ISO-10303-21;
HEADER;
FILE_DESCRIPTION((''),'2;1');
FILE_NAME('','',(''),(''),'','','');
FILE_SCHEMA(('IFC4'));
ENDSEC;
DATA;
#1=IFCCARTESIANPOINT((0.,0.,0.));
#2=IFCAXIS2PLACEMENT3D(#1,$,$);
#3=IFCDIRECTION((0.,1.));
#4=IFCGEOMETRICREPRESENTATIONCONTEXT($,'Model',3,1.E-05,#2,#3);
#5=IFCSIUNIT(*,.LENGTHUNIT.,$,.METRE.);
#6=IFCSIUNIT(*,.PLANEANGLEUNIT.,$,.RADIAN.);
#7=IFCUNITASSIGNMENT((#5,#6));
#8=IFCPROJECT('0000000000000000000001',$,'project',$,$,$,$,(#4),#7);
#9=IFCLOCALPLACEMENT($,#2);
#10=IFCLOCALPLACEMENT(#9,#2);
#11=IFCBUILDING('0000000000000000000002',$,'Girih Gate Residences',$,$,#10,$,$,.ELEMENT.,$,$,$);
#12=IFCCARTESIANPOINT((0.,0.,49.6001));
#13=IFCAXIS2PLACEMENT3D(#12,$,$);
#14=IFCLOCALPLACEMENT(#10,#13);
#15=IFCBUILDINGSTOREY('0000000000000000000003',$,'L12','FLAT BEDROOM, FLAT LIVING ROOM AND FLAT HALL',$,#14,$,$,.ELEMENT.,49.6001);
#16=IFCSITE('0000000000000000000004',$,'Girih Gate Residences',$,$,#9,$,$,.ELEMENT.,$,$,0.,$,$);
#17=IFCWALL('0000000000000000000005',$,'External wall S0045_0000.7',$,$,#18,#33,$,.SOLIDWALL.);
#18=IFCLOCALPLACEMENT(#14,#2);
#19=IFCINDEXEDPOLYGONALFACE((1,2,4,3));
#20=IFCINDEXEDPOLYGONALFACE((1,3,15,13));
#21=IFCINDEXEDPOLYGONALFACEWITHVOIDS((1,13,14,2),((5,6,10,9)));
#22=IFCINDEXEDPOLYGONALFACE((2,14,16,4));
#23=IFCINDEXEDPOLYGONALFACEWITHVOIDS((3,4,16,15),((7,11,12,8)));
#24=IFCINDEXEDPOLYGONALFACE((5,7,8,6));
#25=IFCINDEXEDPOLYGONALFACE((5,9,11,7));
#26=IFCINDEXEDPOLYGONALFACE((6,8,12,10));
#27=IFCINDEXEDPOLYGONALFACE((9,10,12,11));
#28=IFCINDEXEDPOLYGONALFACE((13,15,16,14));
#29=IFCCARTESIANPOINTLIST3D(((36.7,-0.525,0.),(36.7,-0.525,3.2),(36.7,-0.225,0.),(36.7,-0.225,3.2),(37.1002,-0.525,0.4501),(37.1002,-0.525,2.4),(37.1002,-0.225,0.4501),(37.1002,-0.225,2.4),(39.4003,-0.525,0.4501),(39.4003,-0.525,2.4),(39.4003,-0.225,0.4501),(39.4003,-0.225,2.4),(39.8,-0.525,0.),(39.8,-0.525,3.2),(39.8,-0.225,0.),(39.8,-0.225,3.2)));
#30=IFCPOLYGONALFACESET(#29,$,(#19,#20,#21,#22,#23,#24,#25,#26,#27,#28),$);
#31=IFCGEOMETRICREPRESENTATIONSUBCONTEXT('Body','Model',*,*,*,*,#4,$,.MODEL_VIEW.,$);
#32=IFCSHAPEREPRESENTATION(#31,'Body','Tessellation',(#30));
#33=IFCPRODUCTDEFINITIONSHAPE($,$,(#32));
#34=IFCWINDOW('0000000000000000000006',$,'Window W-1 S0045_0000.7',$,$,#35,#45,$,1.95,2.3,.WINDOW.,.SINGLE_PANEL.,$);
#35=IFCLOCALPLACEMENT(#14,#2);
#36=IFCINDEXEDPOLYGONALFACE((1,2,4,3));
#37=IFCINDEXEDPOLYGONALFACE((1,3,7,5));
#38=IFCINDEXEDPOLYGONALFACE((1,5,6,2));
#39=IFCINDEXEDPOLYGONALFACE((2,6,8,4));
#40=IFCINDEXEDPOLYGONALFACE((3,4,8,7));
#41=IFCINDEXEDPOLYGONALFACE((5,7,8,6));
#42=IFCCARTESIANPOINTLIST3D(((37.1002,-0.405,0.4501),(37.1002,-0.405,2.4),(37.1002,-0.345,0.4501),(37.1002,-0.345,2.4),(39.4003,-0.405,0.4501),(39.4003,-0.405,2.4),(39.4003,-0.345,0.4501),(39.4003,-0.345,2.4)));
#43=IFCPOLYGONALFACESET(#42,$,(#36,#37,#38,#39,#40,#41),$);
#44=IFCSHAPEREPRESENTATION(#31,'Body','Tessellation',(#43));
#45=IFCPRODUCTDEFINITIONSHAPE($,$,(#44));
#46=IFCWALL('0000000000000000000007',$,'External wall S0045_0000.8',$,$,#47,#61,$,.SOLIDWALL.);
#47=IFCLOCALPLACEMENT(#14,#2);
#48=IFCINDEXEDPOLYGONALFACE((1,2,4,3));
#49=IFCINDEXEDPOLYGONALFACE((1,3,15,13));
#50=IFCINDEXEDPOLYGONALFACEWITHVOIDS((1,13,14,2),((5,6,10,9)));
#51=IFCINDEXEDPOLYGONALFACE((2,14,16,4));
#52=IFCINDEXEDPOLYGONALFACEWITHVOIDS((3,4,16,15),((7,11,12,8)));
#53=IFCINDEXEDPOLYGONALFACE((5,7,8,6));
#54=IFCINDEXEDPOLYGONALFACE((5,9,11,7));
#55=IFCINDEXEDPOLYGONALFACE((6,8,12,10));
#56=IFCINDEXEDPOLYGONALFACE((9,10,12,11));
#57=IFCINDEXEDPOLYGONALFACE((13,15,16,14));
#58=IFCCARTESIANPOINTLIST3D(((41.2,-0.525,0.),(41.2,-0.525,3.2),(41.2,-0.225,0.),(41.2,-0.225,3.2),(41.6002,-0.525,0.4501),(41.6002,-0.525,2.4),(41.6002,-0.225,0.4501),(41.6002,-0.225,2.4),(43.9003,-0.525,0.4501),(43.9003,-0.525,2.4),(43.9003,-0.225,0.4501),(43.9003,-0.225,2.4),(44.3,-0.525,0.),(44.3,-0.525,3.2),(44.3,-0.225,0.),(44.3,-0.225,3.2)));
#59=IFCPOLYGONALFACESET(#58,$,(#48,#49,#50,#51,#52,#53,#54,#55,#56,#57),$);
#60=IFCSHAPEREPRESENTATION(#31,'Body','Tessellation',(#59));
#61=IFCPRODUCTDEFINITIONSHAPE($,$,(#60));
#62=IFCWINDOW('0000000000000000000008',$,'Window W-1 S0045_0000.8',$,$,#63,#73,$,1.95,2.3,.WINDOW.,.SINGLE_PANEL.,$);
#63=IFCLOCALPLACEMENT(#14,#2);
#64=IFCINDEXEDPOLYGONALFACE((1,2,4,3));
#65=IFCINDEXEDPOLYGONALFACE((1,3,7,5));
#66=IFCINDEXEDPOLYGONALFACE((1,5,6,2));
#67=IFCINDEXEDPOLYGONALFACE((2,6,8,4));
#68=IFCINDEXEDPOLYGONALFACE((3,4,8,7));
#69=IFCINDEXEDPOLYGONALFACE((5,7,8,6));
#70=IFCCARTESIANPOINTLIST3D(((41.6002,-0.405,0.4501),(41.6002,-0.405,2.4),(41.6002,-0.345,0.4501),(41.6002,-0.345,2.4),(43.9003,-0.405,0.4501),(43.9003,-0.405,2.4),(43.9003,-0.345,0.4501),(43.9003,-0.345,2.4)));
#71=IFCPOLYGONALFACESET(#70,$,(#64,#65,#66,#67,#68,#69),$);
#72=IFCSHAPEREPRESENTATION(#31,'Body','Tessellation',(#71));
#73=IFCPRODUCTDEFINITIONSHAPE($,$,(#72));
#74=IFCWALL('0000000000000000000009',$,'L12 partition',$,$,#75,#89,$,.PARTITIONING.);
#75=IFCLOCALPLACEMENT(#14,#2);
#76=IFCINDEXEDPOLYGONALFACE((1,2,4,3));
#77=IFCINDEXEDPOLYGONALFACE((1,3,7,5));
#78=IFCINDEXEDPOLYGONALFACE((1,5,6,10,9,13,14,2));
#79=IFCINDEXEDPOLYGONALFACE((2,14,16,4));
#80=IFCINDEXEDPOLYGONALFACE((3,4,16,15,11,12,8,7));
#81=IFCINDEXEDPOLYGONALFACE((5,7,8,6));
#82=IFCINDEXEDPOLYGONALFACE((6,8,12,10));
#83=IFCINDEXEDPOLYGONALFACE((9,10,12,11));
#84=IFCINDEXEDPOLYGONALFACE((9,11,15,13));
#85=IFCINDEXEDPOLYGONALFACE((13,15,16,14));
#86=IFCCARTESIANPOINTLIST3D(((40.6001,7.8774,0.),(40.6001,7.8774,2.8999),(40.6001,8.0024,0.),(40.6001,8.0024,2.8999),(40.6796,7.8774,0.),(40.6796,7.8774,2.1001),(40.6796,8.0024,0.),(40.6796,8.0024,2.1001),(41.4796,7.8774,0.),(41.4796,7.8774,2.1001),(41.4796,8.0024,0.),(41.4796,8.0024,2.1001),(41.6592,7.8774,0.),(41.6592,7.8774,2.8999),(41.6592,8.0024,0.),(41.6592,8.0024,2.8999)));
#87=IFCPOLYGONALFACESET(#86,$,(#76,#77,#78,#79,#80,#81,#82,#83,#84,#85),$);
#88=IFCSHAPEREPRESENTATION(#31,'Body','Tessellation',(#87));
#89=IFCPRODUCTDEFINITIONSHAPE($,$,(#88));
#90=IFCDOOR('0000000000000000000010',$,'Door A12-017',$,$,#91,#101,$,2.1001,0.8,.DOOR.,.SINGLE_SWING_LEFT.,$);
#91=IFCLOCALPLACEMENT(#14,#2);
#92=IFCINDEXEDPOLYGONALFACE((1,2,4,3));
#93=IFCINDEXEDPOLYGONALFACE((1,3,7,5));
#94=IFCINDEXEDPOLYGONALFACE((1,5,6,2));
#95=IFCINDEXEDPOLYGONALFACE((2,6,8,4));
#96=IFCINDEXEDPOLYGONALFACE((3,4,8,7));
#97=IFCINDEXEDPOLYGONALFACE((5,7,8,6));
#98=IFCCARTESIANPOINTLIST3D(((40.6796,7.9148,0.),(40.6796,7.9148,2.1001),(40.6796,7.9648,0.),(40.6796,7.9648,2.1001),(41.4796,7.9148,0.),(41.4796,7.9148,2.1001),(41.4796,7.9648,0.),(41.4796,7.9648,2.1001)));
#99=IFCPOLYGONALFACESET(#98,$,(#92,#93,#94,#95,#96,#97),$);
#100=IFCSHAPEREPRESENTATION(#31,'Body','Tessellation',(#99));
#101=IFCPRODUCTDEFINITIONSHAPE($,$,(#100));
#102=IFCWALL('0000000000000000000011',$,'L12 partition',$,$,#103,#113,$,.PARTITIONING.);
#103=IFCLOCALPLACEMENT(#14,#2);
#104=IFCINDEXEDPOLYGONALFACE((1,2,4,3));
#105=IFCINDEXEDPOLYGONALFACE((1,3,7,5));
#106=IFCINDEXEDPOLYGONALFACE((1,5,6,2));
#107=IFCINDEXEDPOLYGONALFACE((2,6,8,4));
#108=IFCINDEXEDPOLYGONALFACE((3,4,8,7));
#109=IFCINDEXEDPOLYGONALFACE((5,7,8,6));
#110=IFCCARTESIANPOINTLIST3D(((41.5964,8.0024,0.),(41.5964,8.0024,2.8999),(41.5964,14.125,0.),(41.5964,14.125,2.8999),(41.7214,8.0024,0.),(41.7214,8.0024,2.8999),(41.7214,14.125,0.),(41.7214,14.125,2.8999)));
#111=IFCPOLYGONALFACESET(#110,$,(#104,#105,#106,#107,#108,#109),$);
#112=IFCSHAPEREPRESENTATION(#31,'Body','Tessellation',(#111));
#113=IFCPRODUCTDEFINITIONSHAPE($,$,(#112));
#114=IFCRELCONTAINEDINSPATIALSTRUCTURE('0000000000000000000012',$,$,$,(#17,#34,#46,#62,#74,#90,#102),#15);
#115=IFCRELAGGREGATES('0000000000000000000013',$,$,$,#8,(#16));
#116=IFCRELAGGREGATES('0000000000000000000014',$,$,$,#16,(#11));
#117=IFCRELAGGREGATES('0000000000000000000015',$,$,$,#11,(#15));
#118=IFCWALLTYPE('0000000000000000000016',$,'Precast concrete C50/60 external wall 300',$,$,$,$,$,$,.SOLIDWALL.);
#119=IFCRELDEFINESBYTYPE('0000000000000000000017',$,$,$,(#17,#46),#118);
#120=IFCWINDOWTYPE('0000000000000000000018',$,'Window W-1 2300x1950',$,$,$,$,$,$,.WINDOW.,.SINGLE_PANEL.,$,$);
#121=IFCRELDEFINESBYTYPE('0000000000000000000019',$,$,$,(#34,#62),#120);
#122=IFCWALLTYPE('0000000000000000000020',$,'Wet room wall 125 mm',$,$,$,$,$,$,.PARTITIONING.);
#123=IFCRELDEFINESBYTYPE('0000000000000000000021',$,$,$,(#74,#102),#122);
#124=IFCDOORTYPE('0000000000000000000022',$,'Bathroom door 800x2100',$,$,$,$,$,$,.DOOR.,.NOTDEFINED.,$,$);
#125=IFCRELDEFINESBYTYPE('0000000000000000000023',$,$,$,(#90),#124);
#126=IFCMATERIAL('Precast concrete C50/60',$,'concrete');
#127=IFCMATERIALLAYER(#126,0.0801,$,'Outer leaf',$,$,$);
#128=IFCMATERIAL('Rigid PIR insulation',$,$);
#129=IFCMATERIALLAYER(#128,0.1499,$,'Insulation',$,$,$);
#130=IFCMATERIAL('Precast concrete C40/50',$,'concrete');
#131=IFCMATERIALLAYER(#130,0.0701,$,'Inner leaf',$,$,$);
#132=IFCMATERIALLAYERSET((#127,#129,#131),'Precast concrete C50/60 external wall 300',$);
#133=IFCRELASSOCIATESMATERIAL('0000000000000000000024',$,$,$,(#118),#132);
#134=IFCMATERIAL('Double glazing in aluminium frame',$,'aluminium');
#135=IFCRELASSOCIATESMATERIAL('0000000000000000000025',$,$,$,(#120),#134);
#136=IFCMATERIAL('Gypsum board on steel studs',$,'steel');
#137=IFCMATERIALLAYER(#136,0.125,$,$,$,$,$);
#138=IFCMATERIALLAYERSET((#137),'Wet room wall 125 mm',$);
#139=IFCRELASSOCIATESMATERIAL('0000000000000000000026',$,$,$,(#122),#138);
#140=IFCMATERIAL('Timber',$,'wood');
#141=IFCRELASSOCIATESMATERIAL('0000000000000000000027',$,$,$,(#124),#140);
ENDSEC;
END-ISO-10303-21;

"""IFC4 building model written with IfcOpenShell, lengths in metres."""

from ifc_helpers import new_model, si_unit, direction, frame, frame_2d, origin, place, context, subcontext, project, spatial, rectangle, extrude, material, layer, layer_set, type_object, element, fill, save


model = new_model("IFC4")

# Units and contexts
model_context = context("Model", 3, precision=1e-05, world=origin(), true_north=direction((0.0, 1.0)))
body_context = subcontext(model_context, "Body", "Model", "MODEL_VIEW")
ifc_project = project(units=[si_unit("LENGTHUNIT", "METRE"), si_unit("PLANEANGLEUNIT", "RADIAN")], contexts=[model_context])

# Site, building, storey
site_placement = place(None, origin())
site = spatial("IfcSite", under=ifc_project, at=site_placement, Name="Girih Gate Residences", CompositionType="ELEMENT", RefElevation=0.0)
building_placement = place(site_placement, origin())
building = spatial("IfcBuilding", under=site, at=building_placement, Name="Girih Gate Residences", CompositionType="ELEMENT")
storey_placement = place(building_placement, frame((0.0, 0.0, 49.6001)))
storey = spatial("IfcBuildingStorey", under=building, at=storey_placement, Name="L12", Description="FLAT BEDROOM, FLAT LIVING ROOM AND FLAT HALL", CompositionType="ELEMENT", Elevation=49.6001)

# Shared definitions
ifc_material_1 = material(Name="Gypsum board on steel studs", Category="steel")
ifc_material_2 = material(Name="Timber", Category="wood")

# Walls, openings, windows
ifc_material_3 = material(Name="Precast concrete C50/60", Category="concrete")
ifc_layer_1 = layer(ifc_material_3, 0.0801, Name="Outer leaf")
ifc_material_4 = material(Name="Rigid PIR insulation")
ifc_layer_2 = layer(ifc_material_4, 0.1499, Name="Insulation")
ifc_material_5 = material(Name="Precast concrete C40/50", Category="concrete")
ifc_layer_3 = layer(ifc_material_5, 0.0701, Name="Inner leaf")
ifc_layer_set_1 = layer_set([ifc_layer_1, ifc_layer_2, ifc_layer_3], Name="Precast concrete C50/60 external wall 300")
wall_type_1 = type_object("IfcWallType", Name="Precast concrete C50/60 external wall 300", PredefinedType="SOLIDWALL", material=ifc_layer_set_1)
wall_1_placement = place(storey_placement, frame((39.8, -0.375, 0.0), z_axis=(0.0, 0.0, 1.0), x_axis=(-1.0, 0.0, 0.0)))
wall_1 = element("IfcWall", 1, at=wall_1_placement, inside=storey, type_object=wall_type_1, Name="External wall S0045_0000.7", PredefinedType="SOLIDWALL", context=body_context, shape_type="SweptSolid", body=[
    extrude(rectangle(XDim=3.1001, YDim=0.3, at=frame_2d((1.55, 0.0))), origin(), (0.0, 0.0, 1.0), 3.2),
])
opening_1_placement = place(wall_1_placement, frame((0.3999, 0.0, 0.45)))
opening_1 = element("IfcOpeningElement", 2, at=opening_1_placement, cuts=wall_1, PredefinedType="OPENING", context=body_context, shape_type="SweptSolid", body=[
    extrude(rectangle(XDim=2.3, YDim=1.95, at=frame_2d((1.1499, 0.9751))), frame((0.0, 0.1599, 0.0), z_axis=(0.0, -1.0, 0.0), x_axis=(1.0, 0.0, 0.0)), (0.0, 0.0, 1.0), 0.3201),
])
ifc_material_6 = material(Name="Double glazing in aluminium frame", Category="aluminium")
window_type = type_object("IfcWindowType", Name="Window W-1 2300x1950", PartitioningType="SINGLE_PANEL", PredefinedType="WINDOW", material=ifc_material_6)
window_1_placement = place(opening_1_placement, origin())
window_1 = element("IfcWindow", 3, at=window_1_placement, inside=storey, type_object=window_type, Name="Window W-1 S0045_0000.7", OverallHeight=1.95, OverallWidth=2.3, PartitioningType="SINGLE_PANEL", PredefinedType="WINDOW", context=body_context, shape_type="SweptSolid", body=[
    extrude(rectangle(XDim=2.3, YDim=1.95, at=frame_2d((1.1499, 0.9751))), frame((0.0, 0.03, 0.0), z_axis=(0.0, -1.0, 0.0), x_axis=(1.0, 0.0, 0.0)), (0.0, 0.0, 1.0), 0.0601),
])
fill(opening_1, window_1)
wall_2_placement = place(storey_placement, frame((44.3, -0.375, 0.0), z_axis=(0.0, 0.0, 1.0), x_axis=(-1.0, 0.0, 0.0)))
wall_2 = element("IfcWall", 4, at=wall_2_placement, inside=storey, type_object=wall_type_1, Name="External wall S0045_0000.8", PredefinedType="SOLIDWALL", context=body_context, shape_type="SweptSolid", body=[
    extrude(rectangle(XDim=3.1001, YDim=0.3, at=frame_2d((1.55, 0.0))), origin(), (0.0, 0.0, 1.0), 3.2),
])
opening_2_placement = place(wall_2_placement, frame((0.3999, 0.0, 0.45)))
opening_2 = element("IfcOpeningElement", 5, at=opening_2_placement, cuts=wall_2, PredefinedType="OPENING", context=body_context, shape_type="SweptSolid", body=[
    extrude(rectangle(XDim=2.3, YDim=1.95, at=frame_2d((1.1499, 0.9751))), frame((0.0, 0.1599, 0.0), z_axis=(0.0, -1.0, 0.0), x_axis=(1.0, 0.0, 0.0)), (0.0, 0.0, 1.0), 0.3201),
])
window_2_placement = place(opening_2_placement, origin())
window_2 = element("IfcWindow", 6, at=window_2_placement, inside=storey, type_object=window_type, Name="Window W-1 S0045_0000.8", OverallHeight=1.95, OverallWidth=2.3, PartitioningType="SINGLE_PANEL", PredefinedType="WINDOW", context=body_context, shape_type="SweptSolid", body=[
    extrude(rectangle(XDim=2.3, YDim=1.95, at=frame_2d((1.1499, 0.9751))), frame((0.0, 0.03, 0.0), z_axis=(0.0, -1.0, 0.0), x_axis=(1.0, 0.0, 0.0)), (0.0, 0.0, 1.0), 0.0601),
])
fill(opening_2, window_2)

# Wall, opening, door
ifc_layer_4 = layer(ifc_material_1, 0.125)
ifc_layer_set_2 = layer_set([ifc_layer_4], Name="Wet room wall 125 mm")
wall_type_2 = type_object("IfcWallType", Name="Wet room wall 125 mm", PredefinedType="PARTITIONING", material=ifc_layer_set_2)
wall_3_placement = place(storey_placement, frame((40.6001, 7.9399, 0.0), z_axis=(0.0, 0.0, 1.0), x_axis=(1.0, 0.0, 0.0)))
wall_3 = element("IfcWall", 7, at=wall_3_placement, inside=storey, type_object=wall_type_2, Name="L12 partition", PredefinedType="PARTITIONING", context=body_context, shape_type="SweptSolid", body=[
    extrude(rectangle(XDim=1.0591, YDim=0.125, at=frame_2d((0.5295, 0.0))), origin(), (0.0, 0.0, 1.0), 2.8999),
])
opening_3_placement = place(wall_3_placement, frame((0.0796, 0.0, 0.0)))
opening_3 = element("IfcOpeningElement", 8, at=opening_3_placement, cuts=wall_3, PredefinedType="OPENING", context=body_context, shape_type="SweptSolid", body=[
    extrude(rectangle(XDim=0.8, YDim=2.1001, at=frame_2d((0.3999, 1.05))), frame((0.0, 0.0725, 0.0), z_axis=(0.0, -1.0, 0.0), x_axis=(1.0, 0.0, 0.0)), (0.0, 0.0, 1.0), 0.145),
])
door_type_1 = type_object("IfcDoorType", Name="Bathroom door 800x2100", OperationType="NOTDEFINED", PredefinedType="DOOR", material=ifc_material_2)
door_1_placement = place(opening_3_placement, origin())
door_1 = element("IfcDoor", 9, at=door_1_placement, inside=storey, type_object=door_type_1, Name="Door A12-017", OperationType="SINGLE_SWING_LEFT", OverallHeight=2.1001, OverallWidth=0.8, PredefinedType="DOOR", context=body_context, shape_type="SweptSolid", body=[
    extrude(rectangle(XDim=0.8, YDim=2.1001, at=frame_2d((0.3999, 1.05))), frame((0.0, 0.0249, 0.0), z_axis=(0.0, -1.0, 0.0), x_axis=(1.0, 0.0, 0.0)), (0.0, 0.0, 1.0), 0.05),
])
fill(opening_3, door_1)

# Wall
wall_4_placement = place(storey_placement, frame((41.6589, 8.0024, 0.0), z_axis=(0.0, 0.0, 1.0), x_axis=(0.0, 1.0, 0.0)))
element("IfcWall", 10, at=wall_4_placement, inside=storey, type_object=wall_type_2, Name="L12 partition", PredefinedType="PARTITIONING", context=body_context, shape_type="SweptSolid", body=[
    extrude(rectangle(XDim=6.1226, YDim=0.125, at=frame_2d((3.0613, 0.0))), origin(), (0.0, 0.0, 1.0), 2.8999),
])

save(model, "model.ifc")
